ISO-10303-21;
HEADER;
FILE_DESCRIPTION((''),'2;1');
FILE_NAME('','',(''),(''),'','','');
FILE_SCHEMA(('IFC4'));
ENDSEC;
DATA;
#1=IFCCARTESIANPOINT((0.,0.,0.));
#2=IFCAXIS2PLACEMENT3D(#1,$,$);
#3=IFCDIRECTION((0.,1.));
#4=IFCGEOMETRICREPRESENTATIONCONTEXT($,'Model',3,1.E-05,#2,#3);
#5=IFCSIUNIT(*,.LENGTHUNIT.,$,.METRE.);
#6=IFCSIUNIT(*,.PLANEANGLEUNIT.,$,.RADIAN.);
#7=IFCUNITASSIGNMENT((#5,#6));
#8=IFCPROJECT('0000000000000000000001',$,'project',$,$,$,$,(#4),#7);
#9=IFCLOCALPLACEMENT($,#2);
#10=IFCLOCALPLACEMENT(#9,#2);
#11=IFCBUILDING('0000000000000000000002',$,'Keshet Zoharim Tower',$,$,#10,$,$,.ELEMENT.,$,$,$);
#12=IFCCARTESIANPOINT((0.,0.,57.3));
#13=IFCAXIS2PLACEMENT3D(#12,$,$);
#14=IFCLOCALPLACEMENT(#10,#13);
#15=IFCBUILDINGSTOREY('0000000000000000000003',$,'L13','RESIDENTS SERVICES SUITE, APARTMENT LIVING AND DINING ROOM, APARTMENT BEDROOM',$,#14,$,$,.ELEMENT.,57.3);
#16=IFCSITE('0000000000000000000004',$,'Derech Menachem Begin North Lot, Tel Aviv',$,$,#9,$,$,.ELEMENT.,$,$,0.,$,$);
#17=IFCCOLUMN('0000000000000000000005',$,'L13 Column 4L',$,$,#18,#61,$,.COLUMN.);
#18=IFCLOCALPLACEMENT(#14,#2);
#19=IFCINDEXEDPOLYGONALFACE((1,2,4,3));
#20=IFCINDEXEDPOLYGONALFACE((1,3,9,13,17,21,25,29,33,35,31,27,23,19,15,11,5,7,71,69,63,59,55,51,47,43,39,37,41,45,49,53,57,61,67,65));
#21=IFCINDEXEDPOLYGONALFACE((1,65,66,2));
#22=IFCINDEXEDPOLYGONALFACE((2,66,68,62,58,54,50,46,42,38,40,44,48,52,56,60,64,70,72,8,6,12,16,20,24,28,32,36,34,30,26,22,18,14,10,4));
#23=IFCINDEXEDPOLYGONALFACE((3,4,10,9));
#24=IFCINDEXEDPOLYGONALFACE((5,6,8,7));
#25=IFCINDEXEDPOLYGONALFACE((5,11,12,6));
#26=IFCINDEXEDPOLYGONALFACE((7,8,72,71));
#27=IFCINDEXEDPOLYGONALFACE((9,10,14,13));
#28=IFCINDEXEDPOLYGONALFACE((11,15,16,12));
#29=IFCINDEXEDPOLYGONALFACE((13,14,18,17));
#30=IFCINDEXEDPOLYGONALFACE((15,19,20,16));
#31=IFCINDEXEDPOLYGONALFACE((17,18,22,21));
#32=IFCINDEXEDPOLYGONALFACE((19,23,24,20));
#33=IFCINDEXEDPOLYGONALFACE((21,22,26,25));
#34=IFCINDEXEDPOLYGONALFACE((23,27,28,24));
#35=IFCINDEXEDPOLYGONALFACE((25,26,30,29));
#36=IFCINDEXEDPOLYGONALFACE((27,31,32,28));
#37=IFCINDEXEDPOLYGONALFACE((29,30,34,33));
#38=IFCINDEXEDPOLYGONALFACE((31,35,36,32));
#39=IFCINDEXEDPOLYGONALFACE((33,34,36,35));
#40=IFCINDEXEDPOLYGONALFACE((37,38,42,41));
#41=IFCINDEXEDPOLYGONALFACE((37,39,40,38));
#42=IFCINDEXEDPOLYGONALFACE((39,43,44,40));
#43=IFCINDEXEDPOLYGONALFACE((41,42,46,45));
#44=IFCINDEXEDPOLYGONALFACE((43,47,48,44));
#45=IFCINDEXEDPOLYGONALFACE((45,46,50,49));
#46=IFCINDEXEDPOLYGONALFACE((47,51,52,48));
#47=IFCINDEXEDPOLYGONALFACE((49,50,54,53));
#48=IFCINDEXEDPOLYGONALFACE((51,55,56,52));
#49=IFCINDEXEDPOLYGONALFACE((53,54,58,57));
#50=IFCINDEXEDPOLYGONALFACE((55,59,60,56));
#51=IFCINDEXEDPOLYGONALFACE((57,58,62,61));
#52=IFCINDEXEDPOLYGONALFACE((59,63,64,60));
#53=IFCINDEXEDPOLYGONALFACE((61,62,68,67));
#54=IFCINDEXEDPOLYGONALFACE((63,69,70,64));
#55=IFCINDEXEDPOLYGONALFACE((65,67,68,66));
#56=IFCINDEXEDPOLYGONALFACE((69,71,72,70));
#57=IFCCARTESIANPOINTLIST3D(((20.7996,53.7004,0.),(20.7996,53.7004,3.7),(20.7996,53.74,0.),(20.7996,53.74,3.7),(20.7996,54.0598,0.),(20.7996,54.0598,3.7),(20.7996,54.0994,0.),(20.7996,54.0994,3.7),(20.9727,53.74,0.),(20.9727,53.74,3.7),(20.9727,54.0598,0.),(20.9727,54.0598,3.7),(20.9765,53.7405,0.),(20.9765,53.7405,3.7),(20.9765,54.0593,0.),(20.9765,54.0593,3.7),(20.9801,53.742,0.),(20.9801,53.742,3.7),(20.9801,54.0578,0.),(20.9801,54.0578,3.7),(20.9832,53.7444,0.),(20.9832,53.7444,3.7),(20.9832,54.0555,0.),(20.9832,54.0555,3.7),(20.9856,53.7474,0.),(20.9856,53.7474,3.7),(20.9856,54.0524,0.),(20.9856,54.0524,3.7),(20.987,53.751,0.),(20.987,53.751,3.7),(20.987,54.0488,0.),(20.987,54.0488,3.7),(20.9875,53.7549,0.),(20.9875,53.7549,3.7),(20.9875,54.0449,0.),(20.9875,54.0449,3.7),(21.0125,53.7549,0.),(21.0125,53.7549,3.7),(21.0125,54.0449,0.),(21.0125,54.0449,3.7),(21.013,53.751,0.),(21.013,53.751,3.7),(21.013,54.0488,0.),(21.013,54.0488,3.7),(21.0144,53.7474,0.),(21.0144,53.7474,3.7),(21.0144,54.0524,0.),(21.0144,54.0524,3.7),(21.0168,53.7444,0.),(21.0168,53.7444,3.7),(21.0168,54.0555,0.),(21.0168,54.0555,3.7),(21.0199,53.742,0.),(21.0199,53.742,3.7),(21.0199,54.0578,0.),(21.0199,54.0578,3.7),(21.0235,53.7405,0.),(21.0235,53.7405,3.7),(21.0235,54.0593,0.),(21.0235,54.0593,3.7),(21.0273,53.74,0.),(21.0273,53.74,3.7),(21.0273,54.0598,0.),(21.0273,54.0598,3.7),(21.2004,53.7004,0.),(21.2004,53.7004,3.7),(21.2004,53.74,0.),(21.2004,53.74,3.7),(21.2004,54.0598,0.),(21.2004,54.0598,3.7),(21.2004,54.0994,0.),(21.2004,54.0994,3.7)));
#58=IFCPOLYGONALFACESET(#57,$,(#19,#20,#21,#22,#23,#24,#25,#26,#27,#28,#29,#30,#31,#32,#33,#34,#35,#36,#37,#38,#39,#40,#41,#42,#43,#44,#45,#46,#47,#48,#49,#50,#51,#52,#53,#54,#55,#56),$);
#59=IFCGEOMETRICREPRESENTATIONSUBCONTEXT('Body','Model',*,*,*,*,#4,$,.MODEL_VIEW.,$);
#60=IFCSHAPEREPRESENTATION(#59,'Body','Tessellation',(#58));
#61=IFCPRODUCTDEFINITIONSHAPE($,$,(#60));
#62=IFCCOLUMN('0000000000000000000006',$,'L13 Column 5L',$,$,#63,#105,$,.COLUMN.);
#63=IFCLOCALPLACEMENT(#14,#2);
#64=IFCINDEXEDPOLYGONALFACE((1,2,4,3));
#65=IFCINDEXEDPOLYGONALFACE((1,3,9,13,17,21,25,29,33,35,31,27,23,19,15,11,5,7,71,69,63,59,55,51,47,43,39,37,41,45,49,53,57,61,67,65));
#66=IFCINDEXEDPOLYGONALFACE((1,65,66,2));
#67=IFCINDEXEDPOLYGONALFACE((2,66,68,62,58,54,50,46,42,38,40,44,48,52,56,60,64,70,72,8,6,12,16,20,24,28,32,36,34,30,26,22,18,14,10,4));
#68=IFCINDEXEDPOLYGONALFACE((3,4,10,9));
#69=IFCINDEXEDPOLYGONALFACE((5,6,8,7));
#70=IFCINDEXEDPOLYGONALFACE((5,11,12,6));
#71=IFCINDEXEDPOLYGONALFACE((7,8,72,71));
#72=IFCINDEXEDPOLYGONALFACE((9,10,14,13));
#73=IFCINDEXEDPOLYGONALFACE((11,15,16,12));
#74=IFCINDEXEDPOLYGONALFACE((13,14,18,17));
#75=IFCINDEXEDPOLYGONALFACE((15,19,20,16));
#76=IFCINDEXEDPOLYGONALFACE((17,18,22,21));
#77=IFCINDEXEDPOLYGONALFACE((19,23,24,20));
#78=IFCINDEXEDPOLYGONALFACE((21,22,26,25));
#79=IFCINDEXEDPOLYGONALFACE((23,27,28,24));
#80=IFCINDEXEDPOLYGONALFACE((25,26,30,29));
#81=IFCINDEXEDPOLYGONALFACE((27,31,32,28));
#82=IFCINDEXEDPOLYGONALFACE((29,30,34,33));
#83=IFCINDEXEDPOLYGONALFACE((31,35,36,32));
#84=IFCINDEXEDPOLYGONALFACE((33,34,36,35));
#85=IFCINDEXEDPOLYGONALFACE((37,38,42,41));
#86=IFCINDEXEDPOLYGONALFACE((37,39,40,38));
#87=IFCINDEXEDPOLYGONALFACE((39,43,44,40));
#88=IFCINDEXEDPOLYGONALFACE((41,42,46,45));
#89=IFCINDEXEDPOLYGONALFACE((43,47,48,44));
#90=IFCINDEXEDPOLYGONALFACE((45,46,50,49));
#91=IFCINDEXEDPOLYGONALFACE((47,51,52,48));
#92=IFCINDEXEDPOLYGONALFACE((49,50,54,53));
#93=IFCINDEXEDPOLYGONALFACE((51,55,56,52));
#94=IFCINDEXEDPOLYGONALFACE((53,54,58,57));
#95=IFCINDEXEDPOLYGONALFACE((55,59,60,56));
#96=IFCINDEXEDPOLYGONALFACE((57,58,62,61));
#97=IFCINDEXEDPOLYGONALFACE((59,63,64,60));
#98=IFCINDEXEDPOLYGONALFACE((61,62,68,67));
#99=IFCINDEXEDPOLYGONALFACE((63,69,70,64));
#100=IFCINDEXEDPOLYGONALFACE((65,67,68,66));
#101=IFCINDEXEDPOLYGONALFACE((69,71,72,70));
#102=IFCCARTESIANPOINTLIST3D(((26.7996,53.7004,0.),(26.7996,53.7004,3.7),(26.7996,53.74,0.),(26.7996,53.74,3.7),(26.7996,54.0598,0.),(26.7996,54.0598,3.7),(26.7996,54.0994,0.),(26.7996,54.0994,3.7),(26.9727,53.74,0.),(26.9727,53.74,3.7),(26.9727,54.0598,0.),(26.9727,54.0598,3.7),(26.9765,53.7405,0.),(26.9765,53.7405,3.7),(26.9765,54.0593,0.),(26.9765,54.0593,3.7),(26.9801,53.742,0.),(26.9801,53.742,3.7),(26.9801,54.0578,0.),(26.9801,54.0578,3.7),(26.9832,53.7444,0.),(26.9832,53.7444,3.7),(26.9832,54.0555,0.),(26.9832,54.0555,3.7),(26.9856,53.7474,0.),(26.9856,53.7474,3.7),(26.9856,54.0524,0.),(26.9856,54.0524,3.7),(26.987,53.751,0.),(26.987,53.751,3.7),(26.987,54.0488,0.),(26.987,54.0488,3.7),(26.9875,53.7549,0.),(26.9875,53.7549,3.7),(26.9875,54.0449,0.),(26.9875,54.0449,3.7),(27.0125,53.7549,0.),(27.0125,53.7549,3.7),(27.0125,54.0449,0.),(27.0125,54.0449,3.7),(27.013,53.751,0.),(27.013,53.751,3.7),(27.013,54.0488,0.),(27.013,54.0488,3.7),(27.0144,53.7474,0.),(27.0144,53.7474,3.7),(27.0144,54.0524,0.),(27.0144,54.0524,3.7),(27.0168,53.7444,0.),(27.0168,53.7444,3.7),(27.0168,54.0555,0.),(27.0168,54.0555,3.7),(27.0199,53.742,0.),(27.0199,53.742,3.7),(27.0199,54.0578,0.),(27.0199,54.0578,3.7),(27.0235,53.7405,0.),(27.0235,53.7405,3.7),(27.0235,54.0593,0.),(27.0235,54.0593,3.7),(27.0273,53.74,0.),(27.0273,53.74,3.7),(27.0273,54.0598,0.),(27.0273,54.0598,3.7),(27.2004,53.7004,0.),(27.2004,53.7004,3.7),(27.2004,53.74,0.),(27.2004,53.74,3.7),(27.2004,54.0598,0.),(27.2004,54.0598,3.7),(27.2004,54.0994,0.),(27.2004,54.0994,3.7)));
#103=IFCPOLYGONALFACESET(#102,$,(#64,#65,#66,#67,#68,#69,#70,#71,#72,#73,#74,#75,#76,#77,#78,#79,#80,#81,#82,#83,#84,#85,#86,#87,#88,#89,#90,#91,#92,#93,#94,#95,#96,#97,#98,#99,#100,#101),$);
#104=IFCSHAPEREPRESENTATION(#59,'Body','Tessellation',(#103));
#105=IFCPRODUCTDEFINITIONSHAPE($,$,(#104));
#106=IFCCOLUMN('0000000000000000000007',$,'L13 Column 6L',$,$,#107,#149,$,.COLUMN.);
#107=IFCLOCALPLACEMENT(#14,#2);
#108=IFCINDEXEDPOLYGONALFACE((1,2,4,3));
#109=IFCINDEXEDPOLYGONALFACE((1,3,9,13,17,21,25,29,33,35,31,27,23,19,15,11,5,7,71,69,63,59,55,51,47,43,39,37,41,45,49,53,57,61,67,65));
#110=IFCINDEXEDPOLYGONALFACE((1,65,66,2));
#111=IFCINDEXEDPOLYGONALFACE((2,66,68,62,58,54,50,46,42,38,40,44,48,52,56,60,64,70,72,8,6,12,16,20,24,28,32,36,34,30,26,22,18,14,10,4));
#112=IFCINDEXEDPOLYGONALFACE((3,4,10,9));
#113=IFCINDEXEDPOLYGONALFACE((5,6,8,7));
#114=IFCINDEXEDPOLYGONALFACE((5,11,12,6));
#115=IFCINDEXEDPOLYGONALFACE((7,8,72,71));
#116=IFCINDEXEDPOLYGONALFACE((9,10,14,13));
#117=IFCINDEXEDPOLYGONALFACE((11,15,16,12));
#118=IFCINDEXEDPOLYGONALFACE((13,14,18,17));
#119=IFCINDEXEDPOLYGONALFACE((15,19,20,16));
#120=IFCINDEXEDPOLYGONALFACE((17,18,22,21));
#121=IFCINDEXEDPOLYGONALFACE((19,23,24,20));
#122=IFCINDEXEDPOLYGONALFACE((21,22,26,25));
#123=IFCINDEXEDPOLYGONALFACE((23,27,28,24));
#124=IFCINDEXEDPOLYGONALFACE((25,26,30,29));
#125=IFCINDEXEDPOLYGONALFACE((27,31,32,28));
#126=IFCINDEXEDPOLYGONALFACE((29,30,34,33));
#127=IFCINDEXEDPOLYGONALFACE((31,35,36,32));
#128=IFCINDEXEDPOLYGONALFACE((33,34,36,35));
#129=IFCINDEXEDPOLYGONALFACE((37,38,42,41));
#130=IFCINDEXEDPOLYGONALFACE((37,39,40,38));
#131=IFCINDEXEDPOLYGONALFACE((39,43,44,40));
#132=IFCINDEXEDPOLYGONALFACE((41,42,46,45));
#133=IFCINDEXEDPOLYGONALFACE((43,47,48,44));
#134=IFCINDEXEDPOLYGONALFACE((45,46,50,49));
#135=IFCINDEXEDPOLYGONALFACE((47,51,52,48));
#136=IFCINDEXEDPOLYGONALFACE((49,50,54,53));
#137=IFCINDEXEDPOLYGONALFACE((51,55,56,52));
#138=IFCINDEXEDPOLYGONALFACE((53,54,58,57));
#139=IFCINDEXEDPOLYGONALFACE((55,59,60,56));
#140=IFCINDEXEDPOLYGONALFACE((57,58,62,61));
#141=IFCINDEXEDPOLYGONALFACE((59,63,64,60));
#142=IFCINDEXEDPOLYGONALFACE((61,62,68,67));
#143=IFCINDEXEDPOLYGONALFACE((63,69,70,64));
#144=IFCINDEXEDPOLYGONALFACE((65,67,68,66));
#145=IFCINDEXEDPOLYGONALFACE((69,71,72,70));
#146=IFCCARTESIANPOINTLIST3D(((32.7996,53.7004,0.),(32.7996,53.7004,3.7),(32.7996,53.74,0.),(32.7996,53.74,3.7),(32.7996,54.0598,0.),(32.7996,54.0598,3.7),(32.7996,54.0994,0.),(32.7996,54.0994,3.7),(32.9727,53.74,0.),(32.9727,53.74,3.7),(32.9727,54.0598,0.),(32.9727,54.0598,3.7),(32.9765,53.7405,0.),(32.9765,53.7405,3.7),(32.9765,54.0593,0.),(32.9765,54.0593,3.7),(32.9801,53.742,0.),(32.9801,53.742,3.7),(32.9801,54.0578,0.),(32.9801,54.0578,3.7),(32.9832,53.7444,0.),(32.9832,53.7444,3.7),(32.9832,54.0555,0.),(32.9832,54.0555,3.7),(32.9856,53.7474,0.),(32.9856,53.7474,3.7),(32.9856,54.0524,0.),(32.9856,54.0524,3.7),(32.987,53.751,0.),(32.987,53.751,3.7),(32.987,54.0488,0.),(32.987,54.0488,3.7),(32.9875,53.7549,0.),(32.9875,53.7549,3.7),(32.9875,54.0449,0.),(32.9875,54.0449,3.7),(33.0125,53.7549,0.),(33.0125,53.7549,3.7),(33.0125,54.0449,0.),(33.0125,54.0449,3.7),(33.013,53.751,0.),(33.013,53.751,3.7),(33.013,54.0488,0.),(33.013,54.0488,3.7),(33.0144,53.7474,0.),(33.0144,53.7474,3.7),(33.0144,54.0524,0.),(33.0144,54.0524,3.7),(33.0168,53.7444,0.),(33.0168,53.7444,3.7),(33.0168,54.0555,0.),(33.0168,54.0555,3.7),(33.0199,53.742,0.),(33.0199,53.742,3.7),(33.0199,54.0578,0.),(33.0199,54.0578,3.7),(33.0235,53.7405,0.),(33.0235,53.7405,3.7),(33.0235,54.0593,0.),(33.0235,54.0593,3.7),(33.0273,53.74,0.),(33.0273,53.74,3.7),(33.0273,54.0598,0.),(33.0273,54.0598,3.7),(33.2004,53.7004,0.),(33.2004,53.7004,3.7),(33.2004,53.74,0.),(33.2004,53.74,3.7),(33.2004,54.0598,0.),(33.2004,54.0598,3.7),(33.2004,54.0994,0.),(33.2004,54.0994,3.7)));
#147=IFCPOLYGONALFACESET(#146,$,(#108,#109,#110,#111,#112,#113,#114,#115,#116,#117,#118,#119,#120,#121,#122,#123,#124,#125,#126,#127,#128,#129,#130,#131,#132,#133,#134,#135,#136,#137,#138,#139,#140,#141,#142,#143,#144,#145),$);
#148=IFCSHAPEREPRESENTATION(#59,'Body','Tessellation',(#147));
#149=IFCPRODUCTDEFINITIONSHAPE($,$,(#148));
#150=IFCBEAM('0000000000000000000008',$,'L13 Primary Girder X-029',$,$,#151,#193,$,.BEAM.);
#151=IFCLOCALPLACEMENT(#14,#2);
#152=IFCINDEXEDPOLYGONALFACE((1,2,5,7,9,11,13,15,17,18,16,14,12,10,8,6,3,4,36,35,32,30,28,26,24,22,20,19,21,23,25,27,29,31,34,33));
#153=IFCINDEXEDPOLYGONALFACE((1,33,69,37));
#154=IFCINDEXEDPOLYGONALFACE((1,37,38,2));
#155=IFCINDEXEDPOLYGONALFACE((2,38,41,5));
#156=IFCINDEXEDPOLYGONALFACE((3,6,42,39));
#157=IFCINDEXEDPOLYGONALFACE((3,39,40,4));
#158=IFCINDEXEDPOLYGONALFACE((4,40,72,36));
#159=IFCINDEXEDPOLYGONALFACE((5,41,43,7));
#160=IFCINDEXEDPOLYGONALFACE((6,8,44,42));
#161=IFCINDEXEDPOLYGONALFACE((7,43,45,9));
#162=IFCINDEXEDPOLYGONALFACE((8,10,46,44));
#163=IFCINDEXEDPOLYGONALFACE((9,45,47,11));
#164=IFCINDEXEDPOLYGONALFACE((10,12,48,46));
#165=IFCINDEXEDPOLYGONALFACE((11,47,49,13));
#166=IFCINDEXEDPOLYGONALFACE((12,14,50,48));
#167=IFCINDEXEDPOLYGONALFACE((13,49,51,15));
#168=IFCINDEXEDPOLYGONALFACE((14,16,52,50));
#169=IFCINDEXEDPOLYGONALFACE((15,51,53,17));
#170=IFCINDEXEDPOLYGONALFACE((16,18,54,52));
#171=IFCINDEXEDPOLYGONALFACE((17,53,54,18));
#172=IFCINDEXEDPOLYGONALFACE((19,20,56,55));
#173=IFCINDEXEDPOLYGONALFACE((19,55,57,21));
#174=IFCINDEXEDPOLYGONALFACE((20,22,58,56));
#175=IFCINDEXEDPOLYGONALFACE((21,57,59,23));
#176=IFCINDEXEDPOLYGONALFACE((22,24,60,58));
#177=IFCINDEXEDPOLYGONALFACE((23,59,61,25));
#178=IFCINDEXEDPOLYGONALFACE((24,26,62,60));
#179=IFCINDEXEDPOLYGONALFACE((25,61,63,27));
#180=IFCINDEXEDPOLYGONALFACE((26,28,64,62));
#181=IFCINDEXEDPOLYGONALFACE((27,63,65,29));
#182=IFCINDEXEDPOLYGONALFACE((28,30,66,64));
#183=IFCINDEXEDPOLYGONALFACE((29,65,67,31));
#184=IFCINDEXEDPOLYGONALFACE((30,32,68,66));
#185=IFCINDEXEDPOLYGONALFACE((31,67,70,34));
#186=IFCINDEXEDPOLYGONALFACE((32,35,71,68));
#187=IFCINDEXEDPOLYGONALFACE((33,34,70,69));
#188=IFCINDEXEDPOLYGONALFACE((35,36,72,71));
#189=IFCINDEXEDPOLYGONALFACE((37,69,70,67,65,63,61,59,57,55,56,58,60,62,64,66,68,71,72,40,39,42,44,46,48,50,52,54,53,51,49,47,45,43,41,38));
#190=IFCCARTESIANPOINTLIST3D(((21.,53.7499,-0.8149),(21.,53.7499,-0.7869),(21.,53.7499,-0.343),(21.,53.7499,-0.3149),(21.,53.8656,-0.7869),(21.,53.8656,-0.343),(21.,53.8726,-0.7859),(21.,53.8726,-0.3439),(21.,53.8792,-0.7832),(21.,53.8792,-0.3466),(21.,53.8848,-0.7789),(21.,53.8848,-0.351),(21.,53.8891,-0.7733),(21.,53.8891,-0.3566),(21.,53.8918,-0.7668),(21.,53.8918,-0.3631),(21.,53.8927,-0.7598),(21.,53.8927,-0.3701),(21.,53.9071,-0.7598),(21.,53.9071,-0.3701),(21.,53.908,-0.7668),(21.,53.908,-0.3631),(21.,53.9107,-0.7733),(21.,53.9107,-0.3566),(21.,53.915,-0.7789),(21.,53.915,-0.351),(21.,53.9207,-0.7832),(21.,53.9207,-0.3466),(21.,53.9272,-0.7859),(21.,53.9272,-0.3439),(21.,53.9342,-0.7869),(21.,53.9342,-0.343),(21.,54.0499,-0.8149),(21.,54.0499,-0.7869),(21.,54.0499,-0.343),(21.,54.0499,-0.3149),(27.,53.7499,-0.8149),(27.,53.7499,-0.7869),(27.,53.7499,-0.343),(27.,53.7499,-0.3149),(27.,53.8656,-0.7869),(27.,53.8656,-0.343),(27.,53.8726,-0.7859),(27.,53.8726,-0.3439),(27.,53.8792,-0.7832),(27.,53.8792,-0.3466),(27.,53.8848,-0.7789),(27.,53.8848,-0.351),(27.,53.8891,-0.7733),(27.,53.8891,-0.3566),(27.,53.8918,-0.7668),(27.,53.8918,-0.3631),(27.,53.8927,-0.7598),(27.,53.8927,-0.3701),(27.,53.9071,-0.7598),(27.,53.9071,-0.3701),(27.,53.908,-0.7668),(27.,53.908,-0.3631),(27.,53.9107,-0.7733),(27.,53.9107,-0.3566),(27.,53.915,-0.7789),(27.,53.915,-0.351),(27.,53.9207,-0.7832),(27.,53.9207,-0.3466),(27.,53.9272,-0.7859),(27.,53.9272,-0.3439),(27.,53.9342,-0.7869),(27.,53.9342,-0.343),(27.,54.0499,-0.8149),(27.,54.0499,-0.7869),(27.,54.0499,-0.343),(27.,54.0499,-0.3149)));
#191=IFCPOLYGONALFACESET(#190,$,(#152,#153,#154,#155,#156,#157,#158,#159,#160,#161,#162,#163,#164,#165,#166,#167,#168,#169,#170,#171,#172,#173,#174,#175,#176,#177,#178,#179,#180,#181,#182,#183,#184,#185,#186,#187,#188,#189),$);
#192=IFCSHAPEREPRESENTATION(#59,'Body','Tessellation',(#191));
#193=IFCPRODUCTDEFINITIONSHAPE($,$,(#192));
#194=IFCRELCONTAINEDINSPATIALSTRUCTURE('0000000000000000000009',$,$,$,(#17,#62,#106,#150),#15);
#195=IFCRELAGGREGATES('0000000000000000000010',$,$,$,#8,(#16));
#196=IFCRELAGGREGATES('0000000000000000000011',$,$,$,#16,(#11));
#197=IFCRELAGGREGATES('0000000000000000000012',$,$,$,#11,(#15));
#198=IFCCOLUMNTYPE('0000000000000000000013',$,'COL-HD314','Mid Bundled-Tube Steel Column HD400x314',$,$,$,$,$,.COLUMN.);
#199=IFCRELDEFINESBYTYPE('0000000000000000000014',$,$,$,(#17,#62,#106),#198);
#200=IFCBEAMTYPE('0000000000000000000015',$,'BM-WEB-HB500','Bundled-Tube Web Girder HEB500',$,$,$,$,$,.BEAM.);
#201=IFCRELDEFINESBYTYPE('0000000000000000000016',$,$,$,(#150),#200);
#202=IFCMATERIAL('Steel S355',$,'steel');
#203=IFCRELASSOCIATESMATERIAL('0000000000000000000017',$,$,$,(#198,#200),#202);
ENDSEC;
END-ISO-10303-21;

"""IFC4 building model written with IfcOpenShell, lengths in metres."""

from ifc_helpers import new_model, si_unit, direction, frame, origin, origin_2d, place, context, subcontext, project, spatial, i_section, extrude, material, material_profile, profile_set, type_object, element, save


model = new_model("IFC4")

# Units and contexts
model_context = context("Model", 3, precision=1e-05, world=origin(), true_north=direction((0.0, 1.0)))
body_context = subcontext(model_context, "Body", "Model", "MODEL_VIEW")
ifc_project = project(units=[si_unit("LENGTHUNIT", "METRE"), si_unit("PLANEANGLEUNIT", "RADIAN")], contexts=[model_context])

# Site, building, storey
site_placement = place(None, origin())
site = spatial("IfcSite", under=ifc_project, at=site_placement, Name="Derech Menachem Begin North Lot, Tel Aviv", CompositionType="ELEMENT", RefElevation=0.0)
building_placement = place(site_placement, origin())
building = spatial("IfcBuilding", under=site, at=building_placement, Name="Keshet Zoharim Tower", CompositionType="ELEMENT")
storey_placement = place(building_placement, frame((0.0, 0.0, 57.3)))
storey = spatial("IfcBuildingStorey", under=building, at=storey_placement, Name="L13", Description="RESIDENTS SERVICES SUITE, APARTMENT LIVING AND DINING ROOM, APARTMENT BEDROOM", CompositionType="ELEMENT", Elevation=57.3)

# Columns
ifc_material_1 = material(Name="Steel S355", Category="steel")
ifc_material_profile_1 = material_profile(ifc_material_1, i_section(OverallWidth=0.4009, OverallDepth=0.3989, WebThickness=0.0249, FlangeThickness=0.0396, FilletRadius=0.0149, at=origin_2d()), Name="HD400x314")
ifc_profile_set_1 = profile_set([ifc_material_profile_1], Name="Steel S355")
column_type = type_object("IfcColumnType", Name="COL-HD314", Description="Mid Bundled-Tube Steel Column HD400x314", PredefinedType="COLUMN", material=ifc_profile_set_1)
for number, where, z_axis, x_axis, name in (
    (1, (21.0, 53.8999, 0.0), (0.0, 0.0, 1.0), (1.0, 0.0, 0.0), "L13 Column 4L"),
    (2, (27.0, 53.8999, 0.0), (0.0, 0.0, 1.0), (1.0, 0.0, 0.0), "L13 Column 5L"),
    (3, (33.0, 53.8999, 0.0), (0.0, 0.0, 1.0), (1.0, 0.0, 0.0), "L13 Column 6L"),
):
    element("IfcColumn", number, at=place(storey_placement, frame(where, z_axis=z_axis, x_axis=x_axis)), inside=storey, type_object=column_type, Name=name, PredefinedType="COLUMN", context=body_context, shape_type="SweptSolid", body=[
        extrude(i_section(OverallWidth=0.4009, OverallDepth=0.3989, WebThickness=0.0249, FlangeThickness=0.0396, FilletRadius=0.0149, at=origin_2d()), origin(), (0.0, 0.0, 1.0), 3.7),
    ])

# Beam
ifc_material_profile_2 = material_profile(ifc_material_1, i_section(OverallWidth=0.3, OverallDepth=0.5, WebThickness=0.0144, FlangeThickness=0.0281, FilletRadius=0.0271, at=origin_2d()), Name="HEB500")
ifc_profile_set_2 = profile_set([ifc_material_profile_2], Name="Steel S355")
beam_type = type_object("IfcBeamType", Name="BM-WEB-HB500", Description="Bundled-Tube Web Girder HEB500", PredefinedType="BEAM", material=ifc_profile_set_2)
for number, where, z_axis, x_axis, name in (
    (4, (21.0, 53.8999, -0.5649), (1.0, 0.0, 0.0), (0.0, 1.0, 0.0), "L13 Primary Girder X-029"),
):
    element("IfcBeam", number, at=place(storey_placement, frame(where, z_axis=z_axis, x_axis=x_axis)), inside=storey, type_object=beam_type, Name=name, PredefinedType="BEAM", context=body_context, shape_type="SweptSolid", body=[
        extrude(i_section(OverallWidth=0.3, OverallDepth=0.5, WebThickness=0.0144, FlangeThickness=0.0281, FilletRadius=0.0271, at=origin_2d()), origin(), (0.0, 0.0, 1.0), 6.0),
    ])

save(model, "model.ifc")
